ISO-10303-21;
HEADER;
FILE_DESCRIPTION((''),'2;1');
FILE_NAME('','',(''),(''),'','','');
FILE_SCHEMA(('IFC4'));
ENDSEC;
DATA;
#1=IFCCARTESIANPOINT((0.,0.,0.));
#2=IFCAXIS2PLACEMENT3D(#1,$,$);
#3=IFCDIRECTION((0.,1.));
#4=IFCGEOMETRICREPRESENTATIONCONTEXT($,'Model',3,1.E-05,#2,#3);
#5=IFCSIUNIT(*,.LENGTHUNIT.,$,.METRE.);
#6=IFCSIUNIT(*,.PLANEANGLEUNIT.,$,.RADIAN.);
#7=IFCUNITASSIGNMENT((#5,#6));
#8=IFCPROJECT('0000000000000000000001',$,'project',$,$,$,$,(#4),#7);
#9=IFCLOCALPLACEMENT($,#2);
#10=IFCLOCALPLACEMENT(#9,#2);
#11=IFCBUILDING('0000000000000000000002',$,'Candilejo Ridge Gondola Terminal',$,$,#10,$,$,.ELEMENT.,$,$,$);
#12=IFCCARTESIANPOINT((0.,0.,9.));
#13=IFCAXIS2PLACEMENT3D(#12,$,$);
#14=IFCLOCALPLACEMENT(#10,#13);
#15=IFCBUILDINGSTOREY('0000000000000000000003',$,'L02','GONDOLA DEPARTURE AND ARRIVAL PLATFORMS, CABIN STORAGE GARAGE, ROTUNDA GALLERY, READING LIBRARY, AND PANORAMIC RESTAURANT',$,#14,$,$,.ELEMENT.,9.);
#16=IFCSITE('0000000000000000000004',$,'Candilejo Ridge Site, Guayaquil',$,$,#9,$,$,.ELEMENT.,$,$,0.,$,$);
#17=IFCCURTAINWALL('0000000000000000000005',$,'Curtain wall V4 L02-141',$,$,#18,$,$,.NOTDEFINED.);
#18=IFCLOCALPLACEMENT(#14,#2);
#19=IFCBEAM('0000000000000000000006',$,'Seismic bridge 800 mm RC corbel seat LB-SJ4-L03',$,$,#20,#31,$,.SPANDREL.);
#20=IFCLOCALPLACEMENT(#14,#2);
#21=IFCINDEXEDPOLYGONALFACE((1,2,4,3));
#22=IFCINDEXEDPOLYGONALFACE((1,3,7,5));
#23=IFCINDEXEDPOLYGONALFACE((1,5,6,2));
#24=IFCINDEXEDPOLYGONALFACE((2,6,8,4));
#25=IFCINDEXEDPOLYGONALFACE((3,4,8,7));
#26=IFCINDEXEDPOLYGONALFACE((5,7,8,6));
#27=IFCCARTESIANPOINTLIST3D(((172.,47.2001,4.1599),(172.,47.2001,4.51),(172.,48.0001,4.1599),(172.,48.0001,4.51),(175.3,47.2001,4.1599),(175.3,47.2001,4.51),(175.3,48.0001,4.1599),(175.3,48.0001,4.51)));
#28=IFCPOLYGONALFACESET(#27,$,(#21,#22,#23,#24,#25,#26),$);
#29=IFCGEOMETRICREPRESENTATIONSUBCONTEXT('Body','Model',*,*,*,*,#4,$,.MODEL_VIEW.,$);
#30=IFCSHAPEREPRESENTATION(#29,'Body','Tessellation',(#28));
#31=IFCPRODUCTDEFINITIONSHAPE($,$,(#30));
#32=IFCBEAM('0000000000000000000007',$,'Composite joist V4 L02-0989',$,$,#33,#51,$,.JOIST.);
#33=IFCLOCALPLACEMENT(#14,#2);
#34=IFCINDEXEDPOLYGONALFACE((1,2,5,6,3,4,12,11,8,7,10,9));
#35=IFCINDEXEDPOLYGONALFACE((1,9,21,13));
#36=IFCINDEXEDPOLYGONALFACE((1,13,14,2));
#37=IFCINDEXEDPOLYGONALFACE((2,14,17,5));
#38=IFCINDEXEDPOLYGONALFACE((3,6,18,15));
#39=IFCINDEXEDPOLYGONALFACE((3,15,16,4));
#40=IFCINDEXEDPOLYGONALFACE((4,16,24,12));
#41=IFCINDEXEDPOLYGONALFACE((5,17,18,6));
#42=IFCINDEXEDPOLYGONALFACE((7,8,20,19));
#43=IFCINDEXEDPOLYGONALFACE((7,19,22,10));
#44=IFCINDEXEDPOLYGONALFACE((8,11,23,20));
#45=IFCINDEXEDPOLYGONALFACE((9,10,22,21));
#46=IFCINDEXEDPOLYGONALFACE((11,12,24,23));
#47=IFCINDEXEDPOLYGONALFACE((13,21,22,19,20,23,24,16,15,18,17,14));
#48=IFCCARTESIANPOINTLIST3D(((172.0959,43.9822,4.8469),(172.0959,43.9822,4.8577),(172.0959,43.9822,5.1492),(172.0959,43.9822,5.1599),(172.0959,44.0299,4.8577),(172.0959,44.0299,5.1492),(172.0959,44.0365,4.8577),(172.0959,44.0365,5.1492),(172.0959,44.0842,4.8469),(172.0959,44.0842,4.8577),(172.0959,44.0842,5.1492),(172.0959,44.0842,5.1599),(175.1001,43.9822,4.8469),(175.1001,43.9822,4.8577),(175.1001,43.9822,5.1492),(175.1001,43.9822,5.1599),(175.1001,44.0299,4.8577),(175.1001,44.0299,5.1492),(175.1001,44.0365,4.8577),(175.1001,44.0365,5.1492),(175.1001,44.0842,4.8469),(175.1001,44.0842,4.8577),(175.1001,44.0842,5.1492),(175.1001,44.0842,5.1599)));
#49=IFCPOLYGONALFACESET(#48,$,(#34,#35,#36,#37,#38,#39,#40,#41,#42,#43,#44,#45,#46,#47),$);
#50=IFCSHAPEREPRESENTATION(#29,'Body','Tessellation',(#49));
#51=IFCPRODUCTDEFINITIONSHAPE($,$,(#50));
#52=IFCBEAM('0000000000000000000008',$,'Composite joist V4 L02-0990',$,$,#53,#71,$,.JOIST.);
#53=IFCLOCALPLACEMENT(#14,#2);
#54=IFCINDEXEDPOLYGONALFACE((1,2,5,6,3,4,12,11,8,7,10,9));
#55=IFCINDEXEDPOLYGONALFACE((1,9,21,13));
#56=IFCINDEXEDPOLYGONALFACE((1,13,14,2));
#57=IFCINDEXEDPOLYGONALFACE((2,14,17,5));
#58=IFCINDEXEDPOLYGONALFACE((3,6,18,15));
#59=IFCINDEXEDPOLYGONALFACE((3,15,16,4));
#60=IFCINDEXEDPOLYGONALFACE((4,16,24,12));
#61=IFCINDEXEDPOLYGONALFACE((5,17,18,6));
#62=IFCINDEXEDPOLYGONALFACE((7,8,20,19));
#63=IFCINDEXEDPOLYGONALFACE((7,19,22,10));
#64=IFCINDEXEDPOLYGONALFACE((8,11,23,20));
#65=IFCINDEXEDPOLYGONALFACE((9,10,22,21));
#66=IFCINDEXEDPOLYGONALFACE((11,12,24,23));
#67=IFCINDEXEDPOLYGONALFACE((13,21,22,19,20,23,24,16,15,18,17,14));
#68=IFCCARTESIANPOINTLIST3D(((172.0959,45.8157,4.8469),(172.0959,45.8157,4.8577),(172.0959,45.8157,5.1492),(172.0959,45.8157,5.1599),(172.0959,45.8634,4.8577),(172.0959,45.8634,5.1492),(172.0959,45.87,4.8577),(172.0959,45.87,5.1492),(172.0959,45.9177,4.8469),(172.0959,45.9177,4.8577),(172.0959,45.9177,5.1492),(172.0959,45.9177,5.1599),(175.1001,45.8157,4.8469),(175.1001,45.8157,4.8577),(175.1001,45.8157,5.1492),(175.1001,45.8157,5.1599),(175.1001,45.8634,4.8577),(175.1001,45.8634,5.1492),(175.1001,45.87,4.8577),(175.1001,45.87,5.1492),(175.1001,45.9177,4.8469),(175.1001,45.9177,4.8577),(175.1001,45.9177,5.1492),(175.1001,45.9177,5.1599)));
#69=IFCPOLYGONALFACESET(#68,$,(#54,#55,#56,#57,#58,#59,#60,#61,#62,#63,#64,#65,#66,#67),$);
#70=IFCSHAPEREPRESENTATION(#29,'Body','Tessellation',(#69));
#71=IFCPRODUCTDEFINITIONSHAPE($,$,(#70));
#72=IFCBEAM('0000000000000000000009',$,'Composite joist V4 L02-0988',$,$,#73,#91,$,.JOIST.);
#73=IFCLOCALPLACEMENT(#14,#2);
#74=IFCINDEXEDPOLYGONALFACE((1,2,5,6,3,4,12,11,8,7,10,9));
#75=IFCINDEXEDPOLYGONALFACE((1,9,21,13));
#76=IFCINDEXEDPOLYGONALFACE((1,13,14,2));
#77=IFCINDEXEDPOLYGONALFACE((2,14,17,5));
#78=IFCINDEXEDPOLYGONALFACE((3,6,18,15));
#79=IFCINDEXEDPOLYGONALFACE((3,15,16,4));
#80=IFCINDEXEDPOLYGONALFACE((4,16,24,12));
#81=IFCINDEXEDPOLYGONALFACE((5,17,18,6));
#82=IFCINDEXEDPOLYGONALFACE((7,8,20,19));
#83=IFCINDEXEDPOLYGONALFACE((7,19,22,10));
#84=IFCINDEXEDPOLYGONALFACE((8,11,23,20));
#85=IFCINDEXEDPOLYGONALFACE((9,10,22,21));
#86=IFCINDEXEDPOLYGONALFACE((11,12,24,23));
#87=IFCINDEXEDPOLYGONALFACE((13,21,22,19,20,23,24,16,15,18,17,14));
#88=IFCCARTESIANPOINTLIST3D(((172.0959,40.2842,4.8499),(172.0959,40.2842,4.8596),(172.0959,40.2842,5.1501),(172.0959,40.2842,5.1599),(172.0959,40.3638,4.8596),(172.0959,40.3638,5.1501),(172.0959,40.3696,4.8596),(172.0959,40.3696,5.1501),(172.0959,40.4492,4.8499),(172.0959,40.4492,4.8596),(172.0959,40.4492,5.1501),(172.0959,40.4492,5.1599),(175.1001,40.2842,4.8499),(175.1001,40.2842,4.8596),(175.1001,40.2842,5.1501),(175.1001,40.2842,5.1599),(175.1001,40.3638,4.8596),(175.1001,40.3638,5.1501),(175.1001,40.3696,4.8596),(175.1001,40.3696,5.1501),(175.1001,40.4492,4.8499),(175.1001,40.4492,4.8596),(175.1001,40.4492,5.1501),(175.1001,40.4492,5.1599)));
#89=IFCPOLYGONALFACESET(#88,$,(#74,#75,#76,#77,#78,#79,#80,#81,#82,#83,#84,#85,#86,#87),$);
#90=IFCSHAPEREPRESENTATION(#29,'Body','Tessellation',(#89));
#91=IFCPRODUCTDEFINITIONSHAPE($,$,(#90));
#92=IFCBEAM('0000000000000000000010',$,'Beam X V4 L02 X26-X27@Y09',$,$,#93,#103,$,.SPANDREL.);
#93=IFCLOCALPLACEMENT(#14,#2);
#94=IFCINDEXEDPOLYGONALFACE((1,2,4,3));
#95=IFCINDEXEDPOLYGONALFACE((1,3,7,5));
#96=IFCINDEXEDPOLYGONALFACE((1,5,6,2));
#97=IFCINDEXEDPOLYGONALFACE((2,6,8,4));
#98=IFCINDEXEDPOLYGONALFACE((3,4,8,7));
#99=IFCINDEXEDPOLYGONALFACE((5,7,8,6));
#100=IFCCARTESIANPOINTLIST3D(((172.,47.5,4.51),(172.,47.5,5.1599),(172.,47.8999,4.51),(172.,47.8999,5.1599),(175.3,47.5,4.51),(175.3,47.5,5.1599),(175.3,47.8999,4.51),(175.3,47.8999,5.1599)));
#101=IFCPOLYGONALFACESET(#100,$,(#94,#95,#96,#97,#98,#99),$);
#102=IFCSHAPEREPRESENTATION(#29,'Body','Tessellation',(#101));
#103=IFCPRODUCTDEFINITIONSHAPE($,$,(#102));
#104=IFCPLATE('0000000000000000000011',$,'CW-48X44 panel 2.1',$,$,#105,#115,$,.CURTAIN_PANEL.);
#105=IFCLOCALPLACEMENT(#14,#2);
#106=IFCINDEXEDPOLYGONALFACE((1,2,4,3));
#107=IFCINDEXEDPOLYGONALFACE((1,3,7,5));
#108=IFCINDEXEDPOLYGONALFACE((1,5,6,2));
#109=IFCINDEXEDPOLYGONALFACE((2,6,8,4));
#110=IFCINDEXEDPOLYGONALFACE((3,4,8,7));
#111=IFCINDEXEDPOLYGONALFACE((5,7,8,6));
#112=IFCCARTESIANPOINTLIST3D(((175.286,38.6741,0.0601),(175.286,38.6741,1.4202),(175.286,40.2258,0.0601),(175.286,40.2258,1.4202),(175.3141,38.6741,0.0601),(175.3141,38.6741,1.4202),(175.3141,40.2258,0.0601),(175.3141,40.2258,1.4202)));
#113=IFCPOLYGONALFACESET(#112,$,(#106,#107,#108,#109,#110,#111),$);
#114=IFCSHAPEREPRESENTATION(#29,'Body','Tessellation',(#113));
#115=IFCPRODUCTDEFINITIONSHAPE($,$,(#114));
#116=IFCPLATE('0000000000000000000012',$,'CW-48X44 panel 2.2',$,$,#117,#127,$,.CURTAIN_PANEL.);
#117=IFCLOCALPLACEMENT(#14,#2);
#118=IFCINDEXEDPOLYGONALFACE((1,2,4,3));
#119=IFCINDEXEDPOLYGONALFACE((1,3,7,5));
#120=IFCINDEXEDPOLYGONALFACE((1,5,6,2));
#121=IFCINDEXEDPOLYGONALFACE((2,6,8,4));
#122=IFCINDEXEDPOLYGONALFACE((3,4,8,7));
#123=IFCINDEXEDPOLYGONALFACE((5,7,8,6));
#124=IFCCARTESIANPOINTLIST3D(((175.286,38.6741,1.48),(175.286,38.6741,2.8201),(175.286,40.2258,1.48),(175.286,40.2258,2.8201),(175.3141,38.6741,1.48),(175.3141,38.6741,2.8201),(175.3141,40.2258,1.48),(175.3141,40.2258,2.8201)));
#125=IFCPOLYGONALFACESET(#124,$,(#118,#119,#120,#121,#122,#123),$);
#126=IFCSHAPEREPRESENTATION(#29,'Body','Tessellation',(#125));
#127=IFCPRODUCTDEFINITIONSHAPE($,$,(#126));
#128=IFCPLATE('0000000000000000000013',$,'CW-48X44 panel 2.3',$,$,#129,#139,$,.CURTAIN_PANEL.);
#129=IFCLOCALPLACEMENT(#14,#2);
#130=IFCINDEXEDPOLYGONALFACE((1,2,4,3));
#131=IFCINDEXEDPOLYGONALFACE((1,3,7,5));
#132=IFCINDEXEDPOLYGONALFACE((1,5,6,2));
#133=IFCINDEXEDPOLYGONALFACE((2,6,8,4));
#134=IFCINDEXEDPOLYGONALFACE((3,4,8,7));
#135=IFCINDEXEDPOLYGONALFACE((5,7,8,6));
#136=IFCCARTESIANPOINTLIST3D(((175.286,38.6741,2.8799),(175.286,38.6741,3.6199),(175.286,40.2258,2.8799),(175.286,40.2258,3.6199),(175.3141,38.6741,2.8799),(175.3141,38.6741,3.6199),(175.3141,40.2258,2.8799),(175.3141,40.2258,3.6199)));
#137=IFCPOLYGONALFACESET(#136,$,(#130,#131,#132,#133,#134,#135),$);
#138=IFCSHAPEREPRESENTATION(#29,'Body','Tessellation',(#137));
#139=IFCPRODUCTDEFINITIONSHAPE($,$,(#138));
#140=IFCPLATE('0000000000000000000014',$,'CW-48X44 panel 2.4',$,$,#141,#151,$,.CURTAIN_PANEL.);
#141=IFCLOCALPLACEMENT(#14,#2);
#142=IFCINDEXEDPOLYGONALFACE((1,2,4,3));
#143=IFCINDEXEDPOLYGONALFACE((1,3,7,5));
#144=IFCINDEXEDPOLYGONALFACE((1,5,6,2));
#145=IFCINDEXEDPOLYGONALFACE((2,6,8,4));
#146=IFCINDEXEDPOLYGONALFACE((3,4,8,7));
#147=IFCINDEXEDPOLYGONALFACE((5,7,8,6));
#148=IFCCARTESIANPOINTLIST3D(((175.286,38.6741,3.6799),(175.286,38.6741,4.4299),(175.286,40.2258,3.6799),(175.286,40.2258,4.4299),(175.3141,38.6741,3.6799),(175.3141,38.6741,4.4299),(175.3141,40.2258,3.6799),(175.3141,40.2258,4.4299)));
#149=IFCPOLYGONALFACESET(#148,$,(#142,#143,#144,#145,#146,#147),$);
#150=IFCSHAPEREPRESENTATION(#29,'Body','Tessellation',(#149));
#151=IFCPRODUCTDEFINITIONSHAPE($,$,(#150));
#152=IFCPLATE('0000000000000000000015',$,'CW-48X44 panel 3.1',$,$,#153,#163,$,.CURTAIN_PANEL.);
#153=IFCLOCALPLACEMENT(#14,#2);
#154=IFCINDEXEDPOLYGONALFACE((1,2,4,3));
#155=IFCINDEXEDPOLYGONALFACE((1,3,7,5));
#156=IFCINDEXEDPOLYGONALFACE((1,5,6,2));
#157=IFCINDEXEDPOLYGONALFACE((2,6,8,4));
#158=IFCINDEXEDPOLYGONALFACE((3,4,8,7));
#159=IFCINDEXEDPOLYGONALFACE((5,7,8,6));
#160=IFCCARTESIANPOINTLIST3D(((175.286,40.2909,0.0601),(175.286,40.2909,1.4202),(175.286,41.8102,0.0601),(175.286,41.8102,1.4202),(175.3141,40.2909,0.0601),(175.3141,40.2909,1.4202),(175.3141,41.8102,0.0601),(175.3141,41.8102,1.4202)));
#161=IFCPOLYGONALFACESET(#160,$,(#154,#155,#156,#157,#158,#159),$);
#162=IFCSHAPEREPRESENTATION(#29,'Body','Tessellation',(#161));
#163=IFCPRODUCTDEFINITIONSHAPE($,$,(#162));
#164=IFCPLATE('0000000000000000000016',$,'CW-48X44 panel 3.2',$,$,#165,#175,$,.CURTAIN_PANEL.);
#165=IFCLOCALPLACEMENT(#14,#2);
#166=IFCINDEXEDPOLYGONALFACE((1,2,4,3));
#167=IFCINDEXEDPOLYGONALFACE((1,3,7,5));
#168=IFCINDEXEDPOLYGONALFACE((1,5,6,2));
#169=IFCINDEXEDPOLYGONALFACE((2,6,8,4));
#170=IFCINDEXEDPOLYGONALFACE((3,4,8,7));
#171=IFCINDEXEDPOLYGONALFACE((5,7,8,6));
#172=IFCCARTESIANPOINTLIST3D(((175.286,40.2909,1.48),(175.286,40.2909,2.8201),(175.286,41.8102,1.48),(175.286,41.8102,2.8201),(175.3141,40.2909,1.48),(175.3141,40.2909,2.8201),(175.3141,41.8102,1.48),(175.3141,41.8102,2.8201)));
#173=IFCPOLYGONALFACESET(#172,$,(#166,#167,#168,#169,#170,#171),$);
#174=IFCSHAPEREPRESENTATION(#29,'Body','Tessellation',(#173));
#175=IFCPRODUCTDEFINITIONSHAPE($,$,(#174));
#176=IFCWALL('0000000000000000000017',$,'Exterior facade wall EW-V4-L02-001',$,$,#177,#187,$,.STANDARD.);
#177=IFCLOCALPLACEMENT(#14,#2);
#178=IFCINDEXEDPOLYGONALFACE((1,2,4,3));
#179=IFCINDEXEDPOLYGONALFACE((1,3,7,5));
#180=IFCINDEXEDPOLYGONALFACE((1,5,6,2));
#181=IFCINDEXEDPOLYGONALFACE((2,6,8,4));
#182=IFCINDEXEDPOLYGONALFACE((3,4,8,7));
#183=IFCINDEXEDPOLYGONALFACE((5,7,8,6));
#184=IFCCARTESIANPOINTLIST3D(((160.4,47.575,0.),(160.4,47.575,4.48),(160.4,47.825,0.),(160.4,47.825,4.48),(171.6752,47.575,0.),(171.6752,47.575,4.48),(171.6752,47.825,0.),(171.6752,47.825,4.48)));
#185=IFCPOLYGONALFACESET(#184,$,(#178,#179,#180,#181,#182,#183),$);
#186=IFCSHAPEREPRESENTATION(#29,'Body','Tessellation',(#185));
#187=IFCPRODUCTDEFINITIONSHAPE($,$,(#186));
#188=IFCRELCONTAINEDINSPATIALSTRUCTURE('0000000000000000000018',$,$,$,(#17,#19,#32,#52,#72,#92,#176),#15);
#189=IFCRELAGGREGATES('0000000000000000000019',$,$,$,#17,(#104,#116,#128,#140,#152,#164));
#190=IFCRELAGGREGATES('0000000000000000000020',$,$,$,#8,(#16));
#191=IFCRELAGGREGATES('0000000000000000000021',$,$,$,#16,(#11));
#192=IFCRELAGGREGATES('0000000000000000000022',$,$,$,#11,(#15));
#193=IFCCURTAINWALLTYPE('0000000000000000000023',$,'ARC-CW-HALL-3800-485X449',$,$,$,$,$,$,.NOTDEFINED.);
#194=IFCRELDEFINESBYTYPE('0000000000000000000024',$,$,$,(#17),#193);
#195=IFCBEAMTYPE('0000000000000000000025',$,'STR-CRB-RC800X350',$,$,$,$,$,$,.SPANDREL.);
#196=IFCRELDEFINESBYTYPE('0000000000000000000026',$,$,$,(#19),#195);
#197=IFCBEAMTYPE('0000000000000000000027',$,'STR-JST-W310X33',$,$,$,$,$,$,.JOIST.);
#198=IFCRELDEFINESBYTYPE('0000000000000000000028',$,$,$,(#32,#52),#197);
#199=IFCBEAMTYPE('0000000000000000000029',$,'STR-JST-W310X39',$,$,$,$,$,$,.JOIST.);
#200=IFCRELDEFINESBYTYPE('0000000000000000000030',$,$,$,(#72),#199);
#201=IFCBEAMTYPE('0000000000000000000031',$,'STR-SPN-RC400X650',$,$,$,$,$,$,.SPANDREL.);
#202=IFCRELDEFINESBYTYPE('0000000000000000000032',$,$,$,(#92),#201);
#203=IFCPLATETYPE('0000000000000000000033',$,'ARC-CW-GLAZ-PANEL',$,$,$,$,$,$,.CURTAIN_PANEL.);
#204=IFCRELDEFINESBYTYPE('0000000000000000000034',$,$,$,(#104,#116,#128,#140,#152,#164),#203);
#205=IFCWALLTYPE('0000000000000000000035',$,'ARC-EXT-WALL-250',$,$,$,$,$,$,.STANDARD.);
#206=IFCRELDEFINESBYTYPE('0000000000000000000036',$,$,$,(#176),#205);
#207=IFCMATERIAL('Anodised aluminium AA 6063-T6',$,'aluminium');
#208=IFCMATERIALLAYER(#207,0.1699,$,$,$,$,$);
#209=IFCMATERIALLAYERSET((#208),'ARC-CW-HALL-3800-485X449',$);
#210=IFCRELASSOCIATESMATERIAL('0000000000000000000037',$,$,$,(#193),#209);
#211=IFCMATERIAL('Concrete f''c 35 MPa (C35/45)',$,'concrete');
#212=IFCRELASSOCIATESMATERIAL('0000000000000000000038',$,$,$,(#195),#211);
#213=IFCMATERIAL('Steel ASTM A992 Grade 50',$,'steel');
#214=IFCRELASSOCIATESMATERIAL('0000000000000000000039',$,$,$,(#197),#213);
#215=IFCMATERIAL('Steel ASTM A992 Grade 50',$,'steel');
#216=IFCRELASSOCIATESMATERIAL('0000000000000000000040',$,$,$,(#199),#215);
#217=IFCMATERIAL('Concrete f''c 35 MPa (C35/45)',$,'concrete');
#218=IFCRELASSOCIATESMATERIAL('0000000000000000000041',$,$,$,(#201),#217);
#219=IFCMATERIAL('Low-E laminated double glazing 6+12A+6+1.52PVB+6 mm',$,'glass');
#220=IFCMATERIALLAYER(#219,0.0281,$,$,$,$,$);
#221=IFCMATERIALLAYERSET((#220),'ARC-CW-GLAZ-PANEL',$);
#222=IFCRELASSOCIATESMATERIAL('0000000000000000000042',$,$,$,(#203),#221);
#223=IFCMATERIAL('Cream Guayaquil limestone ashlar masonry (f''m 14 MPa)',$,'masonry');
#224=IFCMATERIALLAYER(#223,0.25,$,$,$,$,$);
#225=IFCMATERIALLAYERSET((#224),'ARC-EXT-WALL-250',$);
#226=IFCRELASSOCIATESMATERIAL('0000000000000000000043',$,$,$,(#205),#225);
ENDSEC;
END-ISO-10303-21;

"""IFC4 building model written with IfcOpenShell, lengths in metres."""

from ifc_helpers import new_model, si_unit, direction, frame, frame_2d, origin, origin_2d, place, context, subcontext, project, spatial, rectangle, i_section, extrude, material, layer, layer_set, material_profile, profile_set, type_object, element, aggregate, save


model = new_model("IFC4")

# Units and contexts
model_context = context("Model", 3, precision=1e-05, world=origin(), true_north=direction((0.0, 1.0)))
body_context = subcontext(model_context, "Body", "Model", "MODEL_VIEW")
ifc_project = project(units=[si_unit("LENGTHUNIT", "METRE"), si_unit("PLANEANGLEUNIT", "RADIAN")], contexts=[model_context])

# Site, building, storey
site_placement = place(None, origin())
site = spatial("IfcSite", under=ifc_project, at=site_placement, Name="Candilejo Ridge Site, Guayaquil", CompositionType="ELEMENT", RefElevation=0.0)
building_placement = place(site_placement, origin())
building = spatial("IfcBuilding", under=site, at=building_placement, Name="Candilejo Ridge Gondola Terminal", CompositionType="ELEMENT")
storey_placement = place(building_placement, frame((0.0, 0.0, 9.0)))
storey = spatial("IfcBuildingStorey", under=building, at=storey_placement, Name="L02", Description="GONDOLA DEPARTURE AND ARRIVAL PLATFORMS, CABIN STORAGE GARAGE, ROTUNDA GALLERY, READING LIBRARY, AND PANORAMIC RESTAURANT", CompositionType="ELEMENT", Elevation=9.0)

# Curtain wall
ifc_material_1 = material(Name="Anodised aluminium AA 6063-T6", Category="aluminium")
ifc_layer_1 = layer(ifc_material_1, 0.1699)
ifc_layer_set_1 = layer_set([ifc_layer_1], Name="ARC-CW-HALL-3800-485X449")
curtain_wall_type_1 = type_object("IfcCurtainWallType", Name="ARC-CW-HALL-3800-485X449", PredefinedType="NOTDEFINED", material=ifc_layer_set_1)
curtain_wall_1_placement = place(storey_placement, origin())
curtain_wall_1 = element("IfcCurtainWall", 1, at=curtain_wall_1_placement, inside=storey, type_object=curtain_wall_type_1, Name="Curtain wall V4 L02-141", PredefinedType="NOTDEFINED")

# Beams
ifc_material_2 = material(Name="Concrete f'c 35 MPa (C35/45)", Category="concrete")
ifc_material_profile_1 = material_profile(ifc_material_2, rectangle(XDim=0.8, YDim=0.3501, at=origin_2d()))
ifc_profile_set_1 = profile_set([ifc_material_profile_1], Name="Concrete f'c 35 MPa (C35/45)")
beam_type_1 = type_object("IfcBeamType", Name="STR-CRB-RC800X350", PredefinedType="SPANDREL", material=ifc_profile_set_1)
beam_1_placement = place(storey_placement, frame((172.0, 47.6001, 4.335), z_axis=(1.0, 0.0, 0.0), x_axis=(0.0, 1.0, 0.0)))
element("IfcBeam", 2, at=beam_1_placement, inside=storey, type_object=beam_type_1, Name="Seismic bridge 800 mm RC corbel seat LB-SJ4-L03", PredefinedType="SPANDREL", context=body_context, shape_type="SweptSolid", body=[
    extrude(rectangle(XDim=0.8, YDim=0.3501, at=origin_2d()), origin(), (0.0, 0.0, 1.0), 3.3),
])
ifc_material_3 = material(Name="Steel ASTM A992 Grade 50", Category="steel")
ifc_material_profile_2 = material_profile(ifc_material_3, i_section(OverallWidth=0.1021, OverallDepth=0.313, WebThickness=0.0066, FlangeThickness=0.0107, at=origin_2d()))
ifc_profile_set_2 = profile_set([ifc_material_profile_2], Name="Steel ASTM A992 Grade 50")
beam_type_2 = type_object("IfcBeamType", Name="STR-JST-W310X33", PredefinedType="JOIST", material=ifc_profile_set_2)
for number, where, z_axis, x_axis, name in (
    (3, (172.0959, 44.0332, 5.0034), (1.0, 0.0, 0.0), (0.0, 1.0, 0.0), "Composite joist V4 L02-0989"),
    (4, (172.0959, 45.8667, 5.0034), (1.0, 0.0, 0.0), (0.0, 1.0, 0.0), "Composite joist V4 L02-0990"),
):
    element("IfcBeam", number, at=place(storey_placement, frame(where, z_axis=z_axis, x_axis=x_axis)), inside=storey, type_object=beam_type_2, Name=name, PredefinedType="JOIST", context=body_context, shape_type="SweptSolid", body=[
        extrude(i_section(OverallWidth=0.1021, OverallDepth=0.313, WebThickness=0.0066, FlangeThickness=0.0107, at=origin_2d()), origin(), (0.0, 0.0, 1.0), 3.0042),
    ])
ifc_material_4 = material(Name="Steel ASTM A992 Grade 50", Category="steel")
ifc_material_profile_3 = material_profile(ifc_material_4, i_section(OverallWidth=0.165, OverallDepth=0.3101, WebThickness=0.0059, FlangeThickness=0.0098, at=origin_2d()))
ifc_profile_set_3 = profile_set([ifc_material_profile_3], Name="Steel ASTM A992 Grade 50")
beam_type_3 = type_object("IfcBeamType", Name="STR-JST-W310X39", PredefinedType="JOIST", material=ifc_profile_set_3)
beam_2_placement = place(storey_placement, frame((172.0959, 40.3667, 5.0049), z_axis=(1.0, 0.0, 0.0), x_axis=(0.0, 1.0, 0.0)))
element("IfcBeam", 5, at=beam_2_placement, inside=storey, type_object=beam_type_3, Name="Composite joist V4 L02-0988", PredefinedType="JOIST", context=body_context, shape_type="SweptSolid", body=[
    extrude(i_section(OverallWidth=0.165, OverallDepth=0.3101, WebThickness=0.0059, FlangeThickness=0.0098, at=origin_2d()), origin(), (0.0, 0.0, 1.0), 3.0042),
])
ifc_material_5 = material(Name="Concrete f'c 35 MPa (C35/45)", Category="concrete")
ifc_material_profile_4 = material_profile(ifc_material_5, rectangle(XDim=0.3999, YDim=0.6499, at=origin_2d()))
ifc_profile_set_4 = profile_set([ifc_material_profile_4], Name="Concrete f'c 35 MPa (C35/45)")
beam_type_4 = type_object("IfcBeamType", Name="STR-SPN-RC400X650", PredefinedType="SPANDREL", material=ifc_profile_set_4)
beam_3_placement = place(storey_placement, frame((172.0, 47.7, 4.835), z_axis=(1.0, 0.0, 0.0), x_axis=(0.0, 1.0, 0.0)))
element("IfcBeam", 6, at=beam_3_placement, inside=storey, type_object=beam_type_4, Name="Beam X V4 L02 X26-X27@Y09", PredefinedType="SPANDREL", context=body_context, shape_type="SweptSolid", body=[
    extrude(rectangle(XDim=0.3999, YDim=0.6499, at=origin_2d()), origin(), (0.0, 0.0, 1.0), 3.3),
])

# Plates
ifc_material_6 = material(Name="Low-E laminated double glazing 6+12A+6+1.52PVB+6 mm", Category="glass")
ifc_layer_2 = layer(ifc_material_6, 0.0281)
ifc_layer_set_2 = layer_set([ifc_layer_2], Name="ARC-CW-GLAZ-PANEL")
plate_type = type_object("IfcPlateType", Name="ARC-CW-GLAZ-PANEL", PredefinedType="CURTAIN_PANEL", material=ifc_layer_set_2)
plate_1_placement = place(storey_placement, frame((175.3, 39.45, 0.0601), z_axis=(0.0, 0.0, 1.0), x_axis=(0.0, 1.0, 0.0)))
plate_1 = element("IfcPlate", 7, at=plate_1_placement, type_object=plate_type, Name="CW-48X44 panel 2.1", PredefinedType="CURTAIN_PANEL", context=body_context, shape_type="SweptSolid", body=[
    extrude(rectangle(XDim=1.5518, YDim=0.0281, at=origin_2d()), origin(), (0.0, 0.0, 1.0), 1.3601),
])
plate_2_placement = place(storey_placement, frame((175.3, 39.45, 1.48), z_axis=(0.0, 0.0, 1.0), x_axis=(0.0, 1.0, 0.0)))
plate_2 = element("IfcPlate", 8, at=plate_2_placement, type_object=plate_type, Name="CW-48X44 panel 2.2", PredefinedType="CURTAIN_PANEL", context=body_context, shape_type="SweptSolid", body=[
    extrude(rectangle(XDim=1.5518, YDim=0.0281, at=origin_2d()), origin(), (0.0, 0.0, 1.0), 1.3401),
])
plate_3_placement = place(storey_placement, frame((175.3, 39.45, 2.8799), z_axis=(0.0, 0.0, 1.0), x_axis=(0.0, 1.0, 0.0)))
plate_3 = element("IfcPlate", 9, at=plate_3_placement, type_object=plate_type, Name="CW-48X44 panel 2.3", PredefinedType="CURTAIN_PANEL", context=body_context, shape_type="SweptSolid", body=[
    extrude(rectangle(XDim=1.5518, YDim=0.0281, at=origin_2d()), origin(), (0.0, 0.0, 1.0), 0.74),
])
plate_4_placement = place(storey_placement, frame((175.3, 39.45, 3.6799), z_axis=(0.0, 0.0, 1.0), x_axis=(0.0, 1.0, 0.0)))
plate_4 = element("IfcPlate", 10, at=plate_4_placement, type_object=plate_type, Name="CW-48X44 panel 2.4", PredefinedType="CURTAIN_PANEL", context=body_context, shape_type="SweptSolid", body=[
    extrude(rectangle(XDim=1.5518, YDim=0.0281, at=origin_2d()), origin(), (0.0, 0.0, 1.0), 0.75),
])
plate_5_placement = place(storey_placement, frame((175.3, 41.0505, 0.0601), z_axis=(0.0, 0.0, 1.0), x_axis=(0.0, 1.0, 0.0)))
plate_5 = element("IfcPlate", 11, at=plate_5_placement, type_object=plate_type, Name="CW-48X44 panel 3.1", PredefinedType="CURTAIN_PANEL", context=body_context, shape_type="SweptSolid", body=[
    extrude(rectangle(XDim=1.5193, YDim=0.0281, at=origin_2d()), origin(), (0.0, 0.0, 1.0), 1.3601),
])
plate_6_placement = place(storey_placement, frame((175.3, 41.0505, 1.48), z_axis=(0.0, 0.0, 1.0), x_axis=(0.0, 1.0, 0.0)))
plate_6 = element("IfcPlate", 12, at=plate_6_placement, type_object=plate_type, Name="CW-48X44 panel 3.2", PredefinedType="CURTAIN_PANEL", context=body_context, shape_type="SweptSolid", body=[
    extrude(rectangle(XDim=1.5193, YDim=0.0281, at=origin_2d()), origin(), (0.0, 0.0, 1.0), 1.3401),
])
aggregate(curtain_wall_1, [plate_1, plate_2, plate_3, plate_4, plate_5, plate_6])

# Wall
ifc_material_7 = material(Name="Cream Guayaquil limestone ashlar masonry (f'm 14 MPa)", Category="masonry")
ifc_layer_3 = layer(ifc_material_7, 0.25)
ifc_layer_set_3 = layer_set([ifc_layer_3], Name="ARC-EXT-WALL-250")
wall_type_1 = type_object("IfcWallType", Name="ARC-EXT-WALL-250", PredefinedType="STANDARD", material=ifc_layer_set_3)
wall_1_placement = place(storey_placement, frame((160.3999, 47.7, 0.0), z_axis=(0.0, 0.0, 1.0), x_axis=(1.0, 0.0, 0.0)))
element("IfcWall", 13, at=wall_1_placement, inside=storey, type_object=wall_type_1, Name="Exterior facade wall EW-V4-L02-001", PredefinedType="STANDARD", context=body_context, shape_type="SweptSolid", body=[
    extrude(rectangle(XDim=11.2751, YDim=0.25, at=frame_2d((5.6377, 0.0))), origin(), (0.0, 0.0, 1.0), 4.48),
])

save(model, "model.ifc")
